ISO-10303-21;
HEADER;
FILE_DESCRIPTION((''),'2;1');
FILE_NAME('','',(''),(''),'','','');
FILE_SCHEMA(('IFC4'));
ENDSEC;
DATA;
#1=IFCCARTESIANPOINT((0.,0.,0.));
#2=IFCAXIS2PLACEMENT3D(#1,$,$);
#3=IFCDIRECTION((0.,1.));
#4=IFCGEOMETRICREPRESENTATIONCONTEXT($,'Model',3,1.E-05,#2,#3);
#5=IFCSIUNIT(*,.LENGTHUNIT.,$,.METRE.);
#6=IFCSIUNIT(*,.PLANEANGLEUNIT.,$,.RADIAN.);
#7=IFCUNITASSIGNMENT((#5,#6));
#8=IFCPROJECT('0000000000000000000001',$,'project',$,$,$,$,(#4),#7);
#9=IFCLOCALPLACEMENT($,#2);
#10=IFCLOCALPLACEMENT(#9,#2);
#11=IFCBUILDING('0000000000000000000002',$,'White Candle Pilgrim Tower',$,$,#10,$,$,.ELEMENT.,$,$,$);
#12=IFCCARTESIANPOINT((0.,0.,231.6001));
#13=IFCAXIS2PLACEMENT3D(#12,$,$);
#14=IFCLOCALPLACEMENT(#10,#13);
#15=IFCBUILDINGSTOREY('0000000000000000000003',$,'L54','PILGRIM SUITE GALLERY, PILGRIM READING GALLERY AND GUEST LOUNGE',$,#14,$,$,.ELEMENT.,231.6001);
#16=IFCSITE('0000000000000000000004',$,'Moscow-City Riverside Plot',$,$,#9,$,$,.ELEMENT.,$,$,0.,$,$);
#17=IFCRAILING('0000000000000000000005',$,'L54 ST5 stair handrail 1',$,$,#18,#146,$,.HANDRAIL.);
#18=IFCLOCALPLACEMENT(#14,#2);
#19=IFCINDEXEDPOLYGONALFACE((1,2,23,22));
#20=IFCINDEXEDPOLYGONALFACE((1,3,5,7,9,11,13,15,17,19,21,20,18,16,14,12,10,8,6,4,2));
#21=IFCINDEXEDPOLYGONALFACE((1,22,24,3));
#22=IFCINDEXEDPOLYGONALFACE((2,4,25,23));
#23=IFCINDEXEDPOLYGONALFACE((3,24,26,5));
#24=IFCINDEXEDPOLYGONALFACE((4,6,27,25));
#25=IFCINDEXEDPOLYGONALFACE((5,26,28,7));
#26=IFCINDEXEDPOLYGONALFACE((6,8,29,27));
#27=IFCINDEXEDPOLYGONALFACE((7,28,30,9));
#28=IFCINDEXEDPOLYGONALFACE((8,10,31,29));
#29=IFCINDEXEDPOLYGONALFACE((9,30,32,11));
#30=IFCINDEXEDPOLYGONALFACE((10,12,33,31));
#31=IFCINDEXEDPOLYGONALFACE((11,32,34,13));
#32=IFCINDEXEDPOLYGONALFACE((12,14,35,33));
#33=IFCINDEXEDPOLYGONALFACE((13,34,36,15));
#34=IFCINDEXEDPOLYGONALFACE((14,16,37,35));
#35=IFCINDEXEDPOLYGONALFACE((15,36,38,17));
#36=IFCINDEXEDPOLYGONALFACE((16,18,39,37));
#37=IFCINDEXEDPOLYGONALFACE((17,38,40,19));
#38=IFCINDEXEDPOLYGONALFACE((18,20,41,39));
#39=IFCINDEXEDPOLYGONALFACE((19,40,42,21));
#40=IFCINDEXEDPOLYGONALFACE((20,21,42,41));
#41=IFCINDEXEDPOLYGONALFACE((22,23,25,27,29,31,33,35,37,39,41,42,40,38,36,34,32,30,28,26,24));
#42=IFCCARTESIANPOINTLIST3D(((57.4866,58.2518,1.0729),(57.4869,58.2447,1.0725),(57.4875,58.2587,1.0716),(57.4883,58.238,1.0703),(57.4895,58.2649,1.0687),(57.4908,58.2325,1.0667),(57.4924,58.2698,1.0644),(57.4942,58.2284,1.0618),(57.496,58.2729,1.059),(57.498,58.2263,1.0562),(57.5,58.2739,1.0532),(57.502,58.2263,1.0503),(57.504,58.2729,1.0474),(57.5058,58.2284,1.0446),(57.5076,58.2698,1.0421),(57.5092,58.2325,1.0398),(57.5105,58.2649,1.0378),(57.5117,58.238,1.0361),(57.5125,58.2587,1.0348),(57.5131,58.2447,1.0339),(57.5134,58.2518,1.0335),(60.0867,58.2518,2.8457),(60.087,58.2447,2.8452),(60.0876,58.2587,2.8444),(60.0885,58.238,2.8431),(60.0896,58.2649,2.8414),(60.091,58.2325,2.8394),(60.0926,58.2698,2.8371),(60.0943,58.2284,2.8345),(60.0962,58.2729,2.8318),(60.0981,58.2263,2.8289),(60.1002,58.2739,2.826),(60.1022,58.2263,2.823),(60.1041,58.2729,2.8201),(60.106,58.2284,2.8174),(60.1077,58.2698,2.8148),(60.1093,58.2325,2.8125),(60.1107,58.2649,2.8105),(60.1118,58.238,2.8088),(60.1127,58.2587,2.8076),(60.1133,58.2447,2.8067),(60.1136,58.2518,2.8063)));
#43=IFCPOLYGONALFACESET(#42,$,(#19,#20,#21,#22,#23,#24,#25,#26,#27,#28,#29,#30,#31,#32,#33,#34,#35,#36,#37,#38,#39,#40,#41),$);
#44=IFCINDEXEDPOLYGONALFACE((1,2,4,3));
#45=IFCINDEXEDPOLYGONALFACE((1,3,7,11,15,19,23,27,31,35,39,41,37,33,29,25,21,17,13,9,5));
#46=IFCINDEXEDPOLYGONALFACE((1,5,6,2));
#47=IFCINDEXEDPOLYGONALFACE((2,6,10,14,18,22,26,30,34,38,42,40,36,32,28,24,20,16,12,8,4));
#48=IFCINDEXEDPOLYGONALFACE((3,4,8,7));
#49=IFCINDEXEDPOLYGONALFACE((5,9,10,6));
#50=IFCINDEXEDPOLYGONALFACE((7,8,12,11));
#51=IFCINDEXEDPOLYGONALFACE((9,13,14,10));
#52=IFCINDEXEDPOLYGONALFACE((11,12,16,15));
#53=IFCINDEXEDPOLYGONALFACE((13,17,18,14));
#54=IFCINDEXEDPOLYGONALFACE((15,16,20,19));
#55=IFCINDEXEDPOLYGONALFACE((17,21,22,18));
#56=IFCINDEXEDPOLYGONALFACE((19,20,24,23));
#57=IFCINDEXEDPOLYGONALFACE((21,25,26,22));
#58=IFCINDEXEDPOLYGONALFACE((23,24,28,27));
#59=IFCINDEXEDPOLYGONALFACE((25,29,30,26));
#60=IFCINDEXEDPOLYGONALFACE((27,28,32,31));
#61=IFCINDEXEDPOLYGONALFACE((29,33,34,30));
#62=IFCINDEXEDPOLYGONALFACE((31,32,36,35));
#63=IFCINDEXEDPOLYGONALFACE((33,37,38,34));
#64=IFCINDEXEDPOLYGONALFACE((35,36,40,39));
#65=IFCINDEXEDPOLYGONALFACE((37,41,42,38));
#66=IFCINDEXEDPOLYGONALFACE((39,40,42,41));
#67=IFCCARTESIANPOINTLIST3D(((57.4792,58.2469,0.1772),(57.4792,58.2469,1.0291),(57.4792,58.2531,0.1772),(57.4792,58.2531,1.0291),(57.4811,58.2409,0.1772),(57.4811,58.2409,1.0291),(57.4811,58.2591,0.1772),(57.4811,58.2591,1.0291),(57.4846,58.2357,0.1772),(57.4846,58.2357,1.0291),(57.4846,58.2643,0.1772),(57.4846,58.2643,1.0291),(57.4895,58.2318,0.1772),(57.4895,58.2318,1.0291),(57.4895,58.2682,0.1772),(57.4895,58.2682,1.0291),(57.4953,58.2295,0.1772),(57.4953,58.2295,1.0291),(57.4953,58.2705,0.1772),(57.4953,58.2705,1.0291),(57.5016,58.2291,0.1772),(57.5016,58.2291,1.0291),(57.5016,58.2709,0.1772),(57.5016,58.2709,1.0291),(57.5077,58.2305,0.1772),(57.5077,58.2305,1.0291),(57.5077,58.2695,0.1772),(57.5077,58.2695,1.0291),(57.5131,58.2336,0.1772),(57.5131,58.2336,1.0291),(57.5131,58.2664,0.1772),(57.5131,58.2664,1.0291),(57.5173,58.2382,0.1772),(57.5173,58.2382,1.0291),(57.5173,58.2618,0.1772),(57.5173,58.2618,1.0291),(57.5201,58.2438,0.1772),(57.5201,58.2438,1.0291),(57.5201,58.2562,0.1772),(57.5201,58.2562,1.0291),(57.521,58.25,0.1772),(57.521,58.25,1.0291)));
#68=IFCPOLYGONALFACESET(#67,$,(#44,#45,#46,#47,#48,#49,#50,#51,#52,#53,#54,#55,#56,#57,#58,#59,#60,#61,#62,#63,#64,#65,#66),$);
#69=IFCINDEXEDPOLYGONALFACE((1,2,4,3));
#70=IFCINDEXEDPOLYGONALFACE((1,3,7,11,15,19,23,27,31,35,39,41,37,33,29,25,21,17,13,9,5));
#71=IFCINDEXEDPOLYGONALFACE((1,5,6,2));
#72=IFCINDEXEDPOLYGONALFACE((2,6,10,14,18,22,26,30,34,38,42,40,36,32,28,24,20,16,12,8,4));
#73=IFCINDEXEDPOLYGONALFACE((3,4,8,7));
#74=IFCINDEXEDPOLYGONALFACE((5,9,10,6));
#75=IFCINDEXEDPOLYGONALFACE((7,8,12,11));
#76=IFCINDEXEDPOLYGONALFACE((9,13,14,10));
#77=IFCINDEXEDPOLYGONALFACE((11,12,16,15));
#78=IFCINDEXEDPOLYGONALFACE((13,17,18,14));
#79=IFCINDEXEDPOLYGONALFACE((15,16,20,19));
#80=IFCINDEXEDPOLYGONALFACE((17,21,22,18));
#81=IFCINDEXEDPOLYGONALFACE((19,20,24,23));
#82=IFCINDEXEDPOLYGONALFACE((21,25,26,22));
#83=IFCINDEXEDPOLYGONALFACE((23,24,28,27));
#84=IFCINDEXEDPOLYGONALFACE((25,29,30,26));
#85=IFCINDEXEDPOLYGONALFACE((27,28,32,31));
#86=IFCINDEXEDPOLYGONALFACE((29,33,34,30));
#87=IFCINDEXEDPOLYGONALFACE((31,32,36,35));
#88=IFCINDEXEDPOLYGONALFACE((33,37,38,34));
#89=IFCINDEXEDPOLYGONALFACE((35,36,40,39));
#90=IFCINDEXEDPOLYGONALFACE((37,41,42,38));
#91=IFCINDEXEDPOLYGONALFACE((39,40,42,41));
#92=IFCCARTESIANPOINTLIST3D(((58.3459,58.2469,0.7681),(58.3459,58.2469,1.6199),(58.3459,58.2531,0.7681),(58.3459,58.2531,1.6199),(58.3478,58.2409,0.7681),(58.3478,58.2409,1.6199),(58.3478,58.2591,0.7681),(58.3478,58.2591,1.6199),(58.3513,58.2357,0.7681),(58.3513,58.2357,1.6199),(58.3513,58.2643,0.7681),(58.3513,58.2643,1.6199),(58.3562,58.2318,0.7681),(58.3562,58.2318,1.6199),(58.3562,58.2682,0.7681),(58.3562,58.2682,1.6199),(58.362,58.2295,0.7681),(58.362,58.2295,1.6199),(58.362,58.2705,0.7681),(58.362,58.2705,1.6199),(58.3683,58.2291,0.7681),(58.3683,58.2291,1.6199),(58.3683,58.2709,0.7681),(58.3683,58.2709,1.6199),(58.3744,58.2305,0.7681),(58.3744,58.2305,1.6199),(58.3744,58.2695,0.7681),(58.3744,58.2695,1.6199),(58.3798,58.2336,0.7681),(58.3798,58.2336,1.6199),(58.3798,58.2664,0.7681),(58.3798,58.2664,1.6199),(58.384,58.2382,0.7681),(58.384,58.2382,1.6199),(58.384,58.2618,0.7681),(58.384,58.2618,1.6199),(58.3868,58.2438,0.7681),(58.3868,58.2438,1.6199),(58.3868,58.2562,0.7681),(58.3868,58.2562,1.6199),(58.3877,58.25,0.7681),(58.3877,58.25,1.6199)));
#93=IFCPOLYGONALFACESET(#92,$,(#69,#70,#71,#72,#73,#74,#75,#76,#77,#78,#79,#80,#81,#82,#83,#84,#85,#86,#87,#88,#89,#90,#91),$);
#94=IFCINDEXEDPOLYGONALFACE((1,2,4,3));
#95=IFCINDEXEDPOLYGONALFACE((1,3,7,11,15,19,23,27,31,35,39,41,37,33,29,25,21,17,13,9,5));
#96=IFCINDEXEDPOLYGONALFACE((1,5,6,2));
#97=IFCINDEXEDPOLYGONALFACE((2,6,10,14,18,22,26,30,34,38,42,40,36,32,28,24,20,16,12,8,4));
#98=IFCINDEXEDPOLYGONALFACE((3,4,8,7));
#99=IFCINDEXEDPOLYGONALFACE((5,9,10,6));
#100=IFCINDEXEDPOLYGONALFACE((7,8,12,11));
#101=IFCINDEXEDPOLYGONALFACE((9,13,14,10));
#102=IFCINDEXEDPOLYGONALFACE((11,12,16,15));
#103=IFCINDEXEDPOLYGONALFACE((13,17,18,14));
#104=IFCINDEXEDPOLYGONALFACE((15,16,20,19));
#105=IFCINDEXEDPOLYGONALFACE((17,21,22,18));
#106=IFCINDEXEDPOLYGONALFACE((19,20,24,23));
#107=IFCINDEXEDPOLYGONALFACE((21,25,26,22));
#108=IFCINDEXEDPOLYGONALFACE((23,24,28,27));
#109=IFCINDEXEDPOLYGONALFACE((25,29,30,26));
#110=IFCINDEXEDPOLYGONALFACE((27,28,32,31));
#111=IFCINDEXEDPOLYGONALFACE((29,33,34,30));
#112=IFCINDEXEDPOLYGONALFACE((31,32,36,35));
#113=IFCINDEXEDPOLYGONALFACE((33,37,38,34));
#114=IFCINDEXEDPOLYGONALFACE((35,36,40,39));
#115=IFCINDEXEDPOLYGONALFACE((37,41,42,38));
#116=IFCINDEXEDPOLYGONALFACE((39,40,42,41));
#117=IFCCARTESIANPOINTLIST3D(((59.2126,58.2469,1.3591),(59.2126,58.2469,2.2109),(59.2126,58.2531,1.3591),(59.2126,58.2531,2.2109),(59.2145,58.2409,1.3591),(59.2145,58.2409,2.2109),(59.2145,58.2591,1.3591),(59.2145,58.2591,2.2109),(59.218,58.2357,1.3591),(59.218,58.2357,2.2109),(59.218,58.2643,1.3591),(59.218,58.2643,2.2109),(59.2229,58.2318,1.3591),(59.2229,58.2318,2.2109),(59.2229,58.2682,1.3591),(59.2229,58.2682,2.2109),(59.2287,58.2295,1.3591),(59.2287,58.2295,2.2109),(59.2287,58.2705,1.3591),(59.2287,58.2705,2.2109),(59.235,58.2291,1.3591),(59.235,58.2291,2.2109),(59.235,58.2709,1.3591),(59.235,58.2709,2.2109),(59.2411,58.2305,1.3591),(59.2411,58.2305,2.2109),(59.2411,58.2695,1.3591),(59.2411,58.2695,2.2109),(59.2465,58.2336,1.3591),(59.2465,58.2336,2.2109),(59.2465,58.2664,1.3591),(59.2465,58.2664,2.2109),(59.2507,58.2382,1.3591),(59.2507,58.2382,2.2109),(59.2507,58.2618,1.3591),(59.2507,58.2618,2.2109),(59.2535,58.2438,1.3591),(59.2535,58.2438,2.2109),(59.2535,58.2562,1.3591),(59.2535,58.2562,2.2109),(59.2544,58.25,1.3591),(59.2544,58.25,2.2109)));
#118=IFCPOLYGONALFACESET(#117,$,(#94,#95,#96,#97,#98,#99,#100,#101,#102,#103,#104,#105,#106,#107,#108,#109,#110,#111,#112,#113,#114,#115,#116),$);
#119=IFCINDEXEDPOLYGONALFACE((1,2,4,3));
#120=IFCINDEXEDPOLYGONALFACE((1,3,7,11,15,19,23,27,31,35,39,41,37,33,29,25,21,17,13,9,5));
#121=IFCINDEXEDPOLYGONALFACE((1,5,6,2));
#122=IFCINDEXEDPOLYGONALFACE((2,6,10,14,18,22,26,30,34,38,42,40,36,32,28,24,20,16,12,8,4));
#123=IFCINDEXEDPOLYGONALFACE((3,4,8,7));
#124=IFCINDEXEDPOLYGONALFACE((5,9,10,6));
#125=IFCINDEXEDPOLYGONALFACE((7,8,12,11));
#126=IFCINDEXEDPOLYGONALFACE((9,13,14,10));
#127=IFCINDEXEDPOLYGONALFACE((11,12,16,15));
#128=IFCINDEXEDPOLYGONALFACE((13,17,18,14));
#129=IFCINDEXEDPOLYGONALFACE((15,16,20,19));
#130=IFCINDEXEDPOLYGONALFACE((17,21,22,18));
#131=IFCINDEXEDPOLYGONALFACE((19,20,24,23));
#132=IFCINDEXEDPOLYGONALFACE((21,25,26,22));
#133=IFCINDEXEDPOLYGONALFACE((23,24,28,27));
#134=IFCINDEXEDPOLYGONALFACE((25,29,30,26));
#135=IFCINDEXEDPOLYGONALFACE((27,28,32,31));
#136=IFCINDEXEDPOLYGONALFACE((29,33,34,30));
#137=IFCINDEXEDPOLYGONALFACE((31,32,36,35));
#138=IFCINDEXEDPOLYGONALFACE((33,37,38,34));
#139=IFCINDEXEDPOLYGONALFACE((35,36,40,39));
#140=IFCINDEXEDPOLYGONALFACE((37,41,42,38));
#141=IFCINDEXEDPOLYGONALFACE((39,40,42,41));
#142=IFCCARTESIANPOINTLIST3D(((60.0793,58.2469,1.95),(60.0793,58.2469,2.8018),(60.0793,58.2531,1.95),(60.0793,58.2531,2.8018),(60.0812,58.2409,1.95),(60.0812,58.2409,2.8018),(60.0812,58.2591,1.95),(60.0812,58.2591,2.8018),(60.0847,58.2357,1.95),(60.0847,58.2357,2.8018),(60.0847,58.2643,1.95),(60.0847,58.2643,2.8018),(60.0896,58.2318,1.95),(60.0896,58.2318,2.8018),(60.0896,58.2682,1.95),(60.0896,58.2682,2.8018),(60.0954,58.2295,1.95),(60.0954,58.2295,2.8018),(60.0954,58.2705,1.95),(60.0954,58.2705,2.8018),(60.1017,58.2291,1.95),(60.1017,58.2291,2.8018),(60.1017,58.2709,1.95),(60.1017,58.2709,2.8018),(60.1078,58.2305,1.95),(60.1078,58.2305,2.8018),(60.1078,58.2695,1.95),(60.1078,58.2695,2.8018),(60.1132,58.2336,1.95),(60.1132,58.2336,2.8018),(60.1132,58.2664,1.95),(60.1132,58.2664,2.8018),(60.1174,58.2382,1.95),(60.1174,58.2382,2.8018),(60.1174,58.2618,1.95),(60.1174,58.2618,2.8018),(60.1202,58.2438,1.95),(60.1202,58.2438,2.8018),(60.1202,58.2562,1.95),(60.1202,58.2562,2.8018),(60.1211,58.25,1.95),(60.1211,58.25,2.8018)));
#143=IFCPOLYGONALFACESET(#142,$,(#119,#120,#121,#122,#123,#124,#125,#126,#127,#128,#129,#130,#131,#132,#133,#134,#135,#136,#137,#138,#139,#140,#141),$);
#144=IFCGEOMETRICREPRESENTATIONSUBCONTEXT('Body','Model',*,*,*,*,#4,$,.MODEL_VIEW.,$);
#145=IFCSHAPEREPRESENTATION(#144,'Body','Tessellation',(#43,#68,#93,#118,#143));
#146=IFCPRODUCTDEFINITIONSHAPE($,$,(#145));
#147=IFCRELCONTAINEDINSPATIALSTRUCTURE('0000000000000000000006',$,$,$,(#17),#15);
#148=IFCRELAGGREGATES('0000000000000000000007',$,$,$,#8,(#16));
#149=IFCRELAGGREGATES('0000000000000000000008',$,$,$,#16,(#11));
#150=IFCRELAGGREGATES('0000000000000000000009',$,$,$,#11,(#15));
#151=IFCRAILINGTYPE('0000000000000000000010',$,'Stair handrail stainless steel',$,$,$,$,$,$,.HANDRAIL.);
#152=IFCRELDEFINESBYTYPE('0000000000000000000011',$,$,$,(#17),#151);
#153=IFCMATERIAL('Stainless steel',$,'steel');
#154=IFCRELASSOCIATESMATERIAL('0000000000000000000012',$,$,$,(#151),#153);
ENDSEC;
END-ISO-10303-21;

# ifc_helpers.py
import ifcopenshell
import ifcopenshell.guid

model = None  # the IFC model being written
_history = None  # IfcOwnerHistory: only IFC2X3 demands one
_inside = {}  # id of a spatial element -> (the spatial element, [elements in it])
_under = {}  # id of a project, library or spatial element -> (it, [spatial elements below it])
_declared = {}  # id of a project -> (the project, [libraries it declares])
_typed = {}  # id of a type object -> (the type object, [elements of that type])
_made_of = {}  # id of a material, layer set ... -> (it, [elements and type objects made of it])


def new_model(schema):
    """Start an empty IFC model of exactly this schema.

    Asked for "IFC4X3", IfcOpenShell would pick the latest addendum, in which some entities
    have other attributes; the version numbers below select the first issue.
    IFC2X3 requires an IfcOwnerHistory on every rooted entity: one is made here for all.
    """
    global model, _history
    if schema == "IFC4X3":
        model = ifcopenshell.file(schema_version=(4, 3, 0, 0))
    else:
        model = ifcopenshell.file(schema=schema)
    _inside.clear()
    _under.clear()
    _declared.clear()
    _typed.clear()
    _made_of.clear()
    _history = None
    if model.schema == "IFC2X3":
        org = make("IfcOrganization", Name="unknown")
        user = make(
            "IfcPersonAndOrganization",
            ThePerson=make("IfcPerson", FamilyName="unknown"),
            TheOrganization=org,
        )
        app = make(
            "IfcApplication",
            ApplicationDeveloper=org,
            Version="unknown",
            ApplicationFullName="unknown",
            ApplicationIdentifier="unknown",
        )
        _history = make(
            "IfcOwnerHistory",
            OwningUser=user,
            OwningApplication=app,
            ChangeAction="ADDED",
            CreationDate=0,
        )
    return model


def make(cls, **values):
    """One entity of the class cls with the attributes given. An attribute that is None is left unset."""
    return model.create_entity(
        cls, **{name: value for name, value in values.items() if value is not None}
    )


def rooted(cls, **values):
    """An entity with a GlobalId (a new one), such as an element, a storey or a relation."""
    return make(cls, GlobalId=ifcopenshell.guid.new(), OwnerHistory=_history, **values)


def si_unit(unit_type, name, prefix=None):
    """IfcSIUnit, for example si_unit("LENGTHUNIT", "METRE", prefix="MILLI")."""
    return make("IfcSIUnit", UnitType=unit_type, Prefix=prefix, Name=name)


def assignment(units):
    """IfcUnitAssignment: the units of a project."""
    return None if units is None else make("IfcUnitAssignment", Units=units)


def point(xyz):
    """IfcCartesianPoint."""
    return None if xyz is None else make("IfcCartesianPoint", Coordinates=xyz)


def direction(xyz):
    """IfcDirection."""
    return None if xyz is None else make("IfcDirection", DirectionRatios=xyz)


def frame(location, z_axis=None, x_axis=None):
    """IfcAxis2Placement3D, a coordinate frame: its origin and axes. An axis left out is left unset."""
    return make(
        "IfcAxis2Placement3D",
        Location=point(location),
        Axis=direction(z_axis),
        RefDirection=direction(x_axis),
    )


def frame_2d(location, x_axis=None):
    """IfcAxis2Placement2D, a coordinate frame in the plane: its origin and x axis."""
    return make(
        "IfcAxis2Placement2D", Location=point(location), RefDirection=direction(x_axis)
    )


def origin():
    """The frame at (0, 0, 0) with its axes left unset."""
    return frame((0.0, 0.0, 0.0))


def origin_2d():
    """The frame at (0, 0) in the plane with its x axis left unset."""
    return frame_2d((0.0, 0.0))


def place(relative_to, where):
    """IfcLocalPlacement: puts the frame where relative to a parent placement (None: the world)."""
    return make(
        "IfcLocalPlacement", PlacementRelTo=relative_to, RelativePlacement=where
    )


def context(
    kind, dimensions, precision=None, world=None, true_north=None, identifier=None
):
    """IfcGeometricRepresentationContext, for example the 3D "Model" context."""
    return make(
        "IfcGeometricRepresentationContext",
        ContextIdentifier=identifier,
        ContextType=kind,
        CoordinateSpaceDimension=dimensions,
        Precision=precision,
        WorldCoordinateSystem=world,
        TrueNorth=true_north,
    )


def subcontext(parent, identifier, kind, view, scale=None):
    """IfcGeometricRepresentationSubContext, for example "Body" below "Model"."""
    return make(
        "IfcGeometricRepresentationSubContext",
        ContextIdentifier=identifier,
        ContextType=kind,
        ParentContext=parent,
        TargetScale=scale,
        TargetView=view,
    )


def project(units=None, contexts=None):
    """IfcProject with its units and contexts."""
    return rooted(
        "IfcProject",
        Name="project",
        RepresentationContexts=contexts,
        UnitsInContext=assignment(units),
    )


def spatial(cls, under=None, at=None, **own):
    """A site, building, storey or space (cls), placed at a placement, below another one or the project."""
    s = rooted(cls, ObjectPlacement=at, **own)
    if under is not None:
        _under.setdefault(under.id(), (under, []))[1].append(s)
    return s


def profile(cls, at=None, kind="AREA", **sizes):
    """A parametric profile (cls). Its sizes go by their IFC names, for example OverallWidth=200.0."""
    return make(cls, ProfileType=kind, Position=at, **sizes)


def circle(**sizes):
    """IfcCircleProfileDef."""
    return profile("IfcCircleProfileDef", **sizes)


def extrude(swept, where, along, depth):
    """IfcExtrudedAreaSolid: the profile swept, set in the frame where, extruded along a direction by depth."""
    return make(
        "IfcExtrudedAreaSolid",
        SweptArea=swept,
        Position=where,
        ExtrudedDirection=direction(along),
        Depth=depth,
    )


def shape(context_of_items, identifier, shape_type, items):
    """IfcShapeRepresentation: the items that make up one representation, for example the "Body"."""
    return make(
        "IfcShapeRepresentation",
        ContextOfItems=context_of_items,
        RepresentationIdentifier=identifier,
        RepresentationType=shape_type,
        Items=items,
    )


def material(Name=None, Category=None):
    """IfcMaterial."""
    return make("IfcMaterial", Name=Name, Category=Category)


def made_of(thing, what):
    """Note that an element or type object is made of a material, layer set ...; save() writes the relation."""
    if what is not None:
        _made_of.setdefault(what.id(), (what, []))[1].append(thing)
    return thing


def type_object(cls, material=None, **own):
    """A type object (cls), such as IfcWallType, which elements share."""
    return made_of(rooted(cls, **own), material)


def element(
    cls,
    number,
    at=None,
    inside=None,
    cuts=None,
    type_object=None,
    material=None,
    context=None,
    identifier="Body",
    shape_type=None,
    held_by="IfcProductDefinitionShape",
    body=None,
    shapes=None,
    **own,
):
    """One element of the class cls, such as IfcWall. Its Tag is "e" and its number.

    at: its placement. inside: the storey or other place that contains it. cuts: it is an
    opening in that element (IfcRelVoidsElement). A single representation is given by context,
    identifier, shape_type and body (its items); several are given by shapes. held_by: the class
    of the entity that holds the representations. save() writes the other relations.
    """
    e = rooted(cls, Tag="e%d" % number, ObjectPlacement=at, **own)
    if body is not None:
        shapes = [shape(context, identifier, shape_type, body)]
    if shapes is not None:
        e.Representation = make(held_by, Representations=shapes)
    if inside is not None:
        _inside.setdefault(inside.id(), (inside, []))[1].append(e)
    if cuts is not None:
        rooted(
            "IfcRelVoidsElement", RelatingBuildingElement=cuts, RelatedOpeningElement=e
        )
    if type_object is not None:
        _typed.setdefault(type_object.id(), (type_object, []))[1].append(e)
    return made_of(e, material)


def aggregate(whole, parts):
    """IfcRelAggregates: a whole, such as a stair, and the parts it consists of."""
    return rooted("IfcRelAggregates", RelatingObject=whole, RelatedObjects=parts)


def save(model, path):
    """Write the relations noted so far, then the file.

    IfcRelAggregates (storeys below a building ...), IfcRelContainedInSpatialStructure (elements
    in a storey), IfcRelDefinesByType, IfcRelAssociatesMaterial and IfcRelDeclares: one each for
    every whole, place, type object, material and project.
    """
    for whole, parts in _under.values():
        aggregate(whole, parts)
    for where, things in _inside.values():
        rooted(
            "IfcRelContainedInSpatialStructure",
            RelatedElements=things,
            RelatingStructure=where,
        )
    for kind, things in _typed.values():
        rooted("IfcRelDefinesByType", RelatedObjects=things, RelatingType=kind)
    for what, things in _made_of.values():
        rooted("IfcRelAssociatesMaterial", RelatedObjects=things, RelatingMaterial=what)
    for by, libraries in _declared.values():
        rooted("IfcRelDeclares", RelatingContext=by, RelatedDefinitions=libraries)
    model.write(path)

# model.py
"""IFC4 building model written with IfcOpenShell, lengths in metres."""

from ifc_helpers import new_model, si_unit, direction, frame, origin, origin_2d, place, context, subcontext, project, spatial, circle, extrude, material, type_object, element, save


model = new_model("IFC4")

# Units and contexts
model_context = context("Model", 3, precision=1e-05, world=origin(), true_north=direction((0.0, 1.0)))
body_context = subcontext(model_context, "Body", "Model", "MODEL_VIEW")
ifc_project = project(units=[si_unit("LENGTHUNIT", "METRE"), si_unit("PLANEANGLEUNIT", "RADIAN")], contexts=[model_context])

# Site, building, storey
site_placement = place(None, origin())
site = spatial("IfcSite", under=ifc_project, at=site_placement, Name="Moscow-City Riverside Plot", CompositionType="ELEMENT", RefElevation=0.0)
building_placement = place(site_placement, origin())
building = spatial("IfcBuilding", under=site, at=building_placement, Name="White Candle Pilgrim Tower", CompositionType="ELEMENT")
storey_placement = place(building_placement, frame((0.0, 0.0, 231.6001)))
storey = spatial("IfcBuildingStorey", under=building, at=storey_placement, Name="L54", Description="PILGRIM SUITE GALLERY, PILGRIM READING GALLERY AND GUEST LOUNGE", CompositionType="ELEMENT", Elevation=231.6001)

# Railing
ifc_material_1 = material(Name="Stainless steel", Category="steel")
railing_type_1 = type_object("IfcRailingType", Name="Stair handrail stainless steel", PredefinedType="HANDRAIL", material=ifc_material_1)
railing_1_placement = place(storey_placement, frame((57.5, 58.25, 0.1772)))
element("IfcRailing", 1, at=railing_1_placement, inside=storey, type_object=railing_type_1, Name="L54 ST5 stair handrail 1", PredefinedType="HANDRAIL", context=body_context, shape_type="SweptSolid", body=[
    extrude(circle(Radius=0.0239, at=origin_2d()), frame((0.0, 0.0, 0.876), z_axis=(0.82624, 0.0, 0.563318), x_axis=(0.0, 1.0, 0.0)), (0.0, 0.0, 1.0), 3.147),
    extrude(circle(Radius=0.021, at=origin_2d()), origin(), (0.0, 0.0, 1.0), 0.8518),
    extrude(circle(Radius=0.021, at=origin_2d()), frame((0.8667, 0.0, 0.5908)), (0.0, 0.0, 1.0), 0.8518),
    extrude(circle(Radius=0.021, at=origin_2d()), frame((1.7334, 0.0, 1.1819)), (0.0, 0.0, 1.0), 0.8518),
    extrude(circle(Radius=0.021, at=origin_2d()), frame((2.6001, 0.0, 1.7727)), (0.0, 0.0, 1.0), 0.8518),
])

save(model, "model.ifc")
